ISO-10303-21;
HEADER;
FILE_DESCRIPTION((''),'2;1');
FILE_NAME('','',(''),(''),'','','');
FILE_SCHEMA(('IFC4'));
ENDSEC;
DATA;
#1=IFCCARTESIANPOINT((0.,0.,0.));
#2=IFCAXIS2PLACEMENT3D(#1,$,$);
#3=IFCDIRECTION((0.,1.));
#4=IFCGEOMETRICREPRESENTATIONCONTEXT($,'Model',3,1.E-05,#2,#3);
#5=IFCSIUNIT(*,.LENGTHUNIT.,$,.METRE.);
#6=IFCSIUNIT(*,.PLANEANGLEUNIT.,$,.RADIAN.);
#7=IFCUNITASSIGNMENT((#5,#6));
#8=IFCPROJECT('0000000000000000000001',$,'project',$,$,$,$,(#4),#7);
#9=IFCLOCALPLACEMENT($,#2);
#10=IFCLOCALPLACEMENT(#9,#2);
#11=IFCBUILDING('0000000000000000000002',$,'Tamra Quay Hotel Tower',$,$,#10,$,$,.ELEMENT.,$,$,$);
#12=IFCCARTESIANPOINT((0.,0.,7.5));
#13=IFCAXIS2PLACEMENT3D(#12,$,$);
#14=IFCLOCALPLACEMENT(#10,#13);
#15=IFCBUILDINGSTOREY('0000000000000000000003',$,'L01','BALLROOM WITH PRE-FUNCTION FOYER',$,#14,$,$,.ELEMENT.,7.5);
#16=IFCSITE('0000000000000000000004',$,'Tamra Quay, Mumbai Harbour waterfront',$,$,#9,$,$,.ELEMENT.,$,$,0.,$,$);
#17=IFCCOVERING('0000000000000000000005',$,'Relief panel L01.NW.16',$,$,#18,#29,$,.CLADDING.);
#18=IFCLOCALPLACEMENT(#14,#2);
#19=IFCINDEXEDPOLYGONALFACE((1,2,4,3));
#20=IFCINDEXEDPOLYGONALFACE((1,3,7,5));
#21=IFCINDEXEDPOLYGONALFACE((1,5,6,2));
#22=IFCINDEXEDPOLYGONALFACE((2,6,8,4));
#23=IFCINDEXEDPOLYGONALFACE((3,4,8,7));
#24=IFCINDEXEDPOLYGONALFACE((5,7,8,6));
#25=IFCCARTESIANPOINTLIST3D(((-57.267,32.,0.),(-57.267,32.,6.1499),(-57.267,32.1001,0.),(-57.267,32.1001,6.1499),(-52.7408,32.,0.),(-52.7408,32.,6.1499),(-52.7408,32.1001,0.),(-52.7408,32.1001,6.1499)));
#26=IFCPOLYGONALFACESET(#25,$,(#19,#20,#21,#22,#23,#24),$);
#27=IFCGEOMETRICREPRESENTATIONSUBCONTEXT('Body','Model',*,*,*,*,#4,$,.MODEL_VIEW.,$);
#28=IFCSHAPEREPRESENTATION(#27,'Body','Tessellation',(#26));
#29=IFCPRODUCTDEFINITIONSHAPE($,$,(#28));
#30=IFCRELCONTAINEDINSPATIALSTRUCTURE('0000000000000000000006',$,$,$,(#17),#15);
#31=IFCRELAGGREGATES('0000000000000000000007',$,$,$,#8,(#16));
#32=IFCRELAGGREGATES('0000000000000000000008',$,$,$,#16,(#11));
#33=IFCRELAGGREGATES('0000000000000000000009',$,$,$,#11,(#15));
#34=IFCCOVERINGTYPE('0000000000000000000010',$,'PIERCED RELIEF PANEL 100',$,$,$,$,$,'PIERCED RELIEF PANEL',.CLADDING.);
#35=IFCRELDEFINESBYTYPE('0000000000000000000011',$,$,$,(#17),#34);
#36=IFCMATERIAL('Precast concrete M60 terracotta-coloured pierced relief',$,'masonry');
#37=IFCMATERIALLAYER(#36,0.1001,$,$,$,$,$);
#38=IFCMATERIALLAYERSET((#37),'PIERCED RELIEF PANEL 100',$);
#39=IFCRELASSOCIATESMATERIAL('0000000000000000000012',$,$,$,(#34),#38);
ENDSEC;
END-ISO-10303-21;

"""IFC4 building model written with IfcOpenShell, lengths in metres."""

from ifc_helpers import new_model, si_unit, direction, frame, origin, origin_2d, place, context, subcontext, project, spatial, rectangle, extrude, material, layer, layer_set, type_object, element, save


model = new_model("IFC4")

# Units and contexts
model_context = context("Model", 3, precision=1e-05, world=origin(), true_north=direction((0.0, 1.0)))
body_context = subcontext(model_context, "Body", "Model", "MODEL_VIEW")
ifc_project = project(units=[si_unit("LENGTHUNIT", "METRE"), si_unit("PLANEANGLEUNIT", "RADIAN")], contexts=[model_context])

# Site, building, storey
site_placement = place(None, origin())
site = spatial("IfcSite", under=ifc_project, at=site_placement, Name="Tamra Quay, Mumbai Harbour waterfront", CompositionType="ELEMENT", RefElevation=0.0)
building_placement = place(site_placement, origin())
building = spatial("IfcBuilding", under=site, at=building_placement, Name="Tamra Quay Hotel Tower", CompositionType="ELEMENT")
storey_placement = place(building_placement, frame((0.0, 0.0, 7.5)))
storey = spatial("IfcBuildingStorey", under=building, at=storey_placement, Name="L01", Description="BALLROOM WITH PRE-FUNCTION FOYER", CompositionType="ELEMENT", Elevation=7.5)

# Covering
ifc_material_1 = material(Name="Precast concrete M60 terracotta-coloured pierced relief", Category="masonry")
ifc_layer_1 = layer(ifc_material_1, 0.1001)
ifc_layer_set_1 = layer_set([ifc_layer_1], Name="PIERCED RELIEF PANEL 100")
covering_type_1 = type_object("IfcCoveringType", Name="PIERCED RELIEF PANEL 100", ElementType="PIERCED RELIEF PANEL", PredefinedType="CLADDING", material=ifc_layer_set_1)
covering_1_placement = place(storey_placement, frame((-55.0039, 32.05, 0.0), z_axis=(0.0, 0.0, 1.0), x_axis=(-1.0, 0.0, 0.0)))
element("IfcCovering", 1, at=covering_1_placement, inside=storey, type_object=covering_type_1, Name="Relief panel L01.NW.16", PredefinedType="CLADDING", context=body_context, shape_type="SweptSolid", body=[
    extrude(rectangle(XDim=4.5261, YDim=0.1001, at=origin_2d()), origin(), (0.0, 0.0, 1.0), 6.1499),
])

save(model, "model.ifc")
